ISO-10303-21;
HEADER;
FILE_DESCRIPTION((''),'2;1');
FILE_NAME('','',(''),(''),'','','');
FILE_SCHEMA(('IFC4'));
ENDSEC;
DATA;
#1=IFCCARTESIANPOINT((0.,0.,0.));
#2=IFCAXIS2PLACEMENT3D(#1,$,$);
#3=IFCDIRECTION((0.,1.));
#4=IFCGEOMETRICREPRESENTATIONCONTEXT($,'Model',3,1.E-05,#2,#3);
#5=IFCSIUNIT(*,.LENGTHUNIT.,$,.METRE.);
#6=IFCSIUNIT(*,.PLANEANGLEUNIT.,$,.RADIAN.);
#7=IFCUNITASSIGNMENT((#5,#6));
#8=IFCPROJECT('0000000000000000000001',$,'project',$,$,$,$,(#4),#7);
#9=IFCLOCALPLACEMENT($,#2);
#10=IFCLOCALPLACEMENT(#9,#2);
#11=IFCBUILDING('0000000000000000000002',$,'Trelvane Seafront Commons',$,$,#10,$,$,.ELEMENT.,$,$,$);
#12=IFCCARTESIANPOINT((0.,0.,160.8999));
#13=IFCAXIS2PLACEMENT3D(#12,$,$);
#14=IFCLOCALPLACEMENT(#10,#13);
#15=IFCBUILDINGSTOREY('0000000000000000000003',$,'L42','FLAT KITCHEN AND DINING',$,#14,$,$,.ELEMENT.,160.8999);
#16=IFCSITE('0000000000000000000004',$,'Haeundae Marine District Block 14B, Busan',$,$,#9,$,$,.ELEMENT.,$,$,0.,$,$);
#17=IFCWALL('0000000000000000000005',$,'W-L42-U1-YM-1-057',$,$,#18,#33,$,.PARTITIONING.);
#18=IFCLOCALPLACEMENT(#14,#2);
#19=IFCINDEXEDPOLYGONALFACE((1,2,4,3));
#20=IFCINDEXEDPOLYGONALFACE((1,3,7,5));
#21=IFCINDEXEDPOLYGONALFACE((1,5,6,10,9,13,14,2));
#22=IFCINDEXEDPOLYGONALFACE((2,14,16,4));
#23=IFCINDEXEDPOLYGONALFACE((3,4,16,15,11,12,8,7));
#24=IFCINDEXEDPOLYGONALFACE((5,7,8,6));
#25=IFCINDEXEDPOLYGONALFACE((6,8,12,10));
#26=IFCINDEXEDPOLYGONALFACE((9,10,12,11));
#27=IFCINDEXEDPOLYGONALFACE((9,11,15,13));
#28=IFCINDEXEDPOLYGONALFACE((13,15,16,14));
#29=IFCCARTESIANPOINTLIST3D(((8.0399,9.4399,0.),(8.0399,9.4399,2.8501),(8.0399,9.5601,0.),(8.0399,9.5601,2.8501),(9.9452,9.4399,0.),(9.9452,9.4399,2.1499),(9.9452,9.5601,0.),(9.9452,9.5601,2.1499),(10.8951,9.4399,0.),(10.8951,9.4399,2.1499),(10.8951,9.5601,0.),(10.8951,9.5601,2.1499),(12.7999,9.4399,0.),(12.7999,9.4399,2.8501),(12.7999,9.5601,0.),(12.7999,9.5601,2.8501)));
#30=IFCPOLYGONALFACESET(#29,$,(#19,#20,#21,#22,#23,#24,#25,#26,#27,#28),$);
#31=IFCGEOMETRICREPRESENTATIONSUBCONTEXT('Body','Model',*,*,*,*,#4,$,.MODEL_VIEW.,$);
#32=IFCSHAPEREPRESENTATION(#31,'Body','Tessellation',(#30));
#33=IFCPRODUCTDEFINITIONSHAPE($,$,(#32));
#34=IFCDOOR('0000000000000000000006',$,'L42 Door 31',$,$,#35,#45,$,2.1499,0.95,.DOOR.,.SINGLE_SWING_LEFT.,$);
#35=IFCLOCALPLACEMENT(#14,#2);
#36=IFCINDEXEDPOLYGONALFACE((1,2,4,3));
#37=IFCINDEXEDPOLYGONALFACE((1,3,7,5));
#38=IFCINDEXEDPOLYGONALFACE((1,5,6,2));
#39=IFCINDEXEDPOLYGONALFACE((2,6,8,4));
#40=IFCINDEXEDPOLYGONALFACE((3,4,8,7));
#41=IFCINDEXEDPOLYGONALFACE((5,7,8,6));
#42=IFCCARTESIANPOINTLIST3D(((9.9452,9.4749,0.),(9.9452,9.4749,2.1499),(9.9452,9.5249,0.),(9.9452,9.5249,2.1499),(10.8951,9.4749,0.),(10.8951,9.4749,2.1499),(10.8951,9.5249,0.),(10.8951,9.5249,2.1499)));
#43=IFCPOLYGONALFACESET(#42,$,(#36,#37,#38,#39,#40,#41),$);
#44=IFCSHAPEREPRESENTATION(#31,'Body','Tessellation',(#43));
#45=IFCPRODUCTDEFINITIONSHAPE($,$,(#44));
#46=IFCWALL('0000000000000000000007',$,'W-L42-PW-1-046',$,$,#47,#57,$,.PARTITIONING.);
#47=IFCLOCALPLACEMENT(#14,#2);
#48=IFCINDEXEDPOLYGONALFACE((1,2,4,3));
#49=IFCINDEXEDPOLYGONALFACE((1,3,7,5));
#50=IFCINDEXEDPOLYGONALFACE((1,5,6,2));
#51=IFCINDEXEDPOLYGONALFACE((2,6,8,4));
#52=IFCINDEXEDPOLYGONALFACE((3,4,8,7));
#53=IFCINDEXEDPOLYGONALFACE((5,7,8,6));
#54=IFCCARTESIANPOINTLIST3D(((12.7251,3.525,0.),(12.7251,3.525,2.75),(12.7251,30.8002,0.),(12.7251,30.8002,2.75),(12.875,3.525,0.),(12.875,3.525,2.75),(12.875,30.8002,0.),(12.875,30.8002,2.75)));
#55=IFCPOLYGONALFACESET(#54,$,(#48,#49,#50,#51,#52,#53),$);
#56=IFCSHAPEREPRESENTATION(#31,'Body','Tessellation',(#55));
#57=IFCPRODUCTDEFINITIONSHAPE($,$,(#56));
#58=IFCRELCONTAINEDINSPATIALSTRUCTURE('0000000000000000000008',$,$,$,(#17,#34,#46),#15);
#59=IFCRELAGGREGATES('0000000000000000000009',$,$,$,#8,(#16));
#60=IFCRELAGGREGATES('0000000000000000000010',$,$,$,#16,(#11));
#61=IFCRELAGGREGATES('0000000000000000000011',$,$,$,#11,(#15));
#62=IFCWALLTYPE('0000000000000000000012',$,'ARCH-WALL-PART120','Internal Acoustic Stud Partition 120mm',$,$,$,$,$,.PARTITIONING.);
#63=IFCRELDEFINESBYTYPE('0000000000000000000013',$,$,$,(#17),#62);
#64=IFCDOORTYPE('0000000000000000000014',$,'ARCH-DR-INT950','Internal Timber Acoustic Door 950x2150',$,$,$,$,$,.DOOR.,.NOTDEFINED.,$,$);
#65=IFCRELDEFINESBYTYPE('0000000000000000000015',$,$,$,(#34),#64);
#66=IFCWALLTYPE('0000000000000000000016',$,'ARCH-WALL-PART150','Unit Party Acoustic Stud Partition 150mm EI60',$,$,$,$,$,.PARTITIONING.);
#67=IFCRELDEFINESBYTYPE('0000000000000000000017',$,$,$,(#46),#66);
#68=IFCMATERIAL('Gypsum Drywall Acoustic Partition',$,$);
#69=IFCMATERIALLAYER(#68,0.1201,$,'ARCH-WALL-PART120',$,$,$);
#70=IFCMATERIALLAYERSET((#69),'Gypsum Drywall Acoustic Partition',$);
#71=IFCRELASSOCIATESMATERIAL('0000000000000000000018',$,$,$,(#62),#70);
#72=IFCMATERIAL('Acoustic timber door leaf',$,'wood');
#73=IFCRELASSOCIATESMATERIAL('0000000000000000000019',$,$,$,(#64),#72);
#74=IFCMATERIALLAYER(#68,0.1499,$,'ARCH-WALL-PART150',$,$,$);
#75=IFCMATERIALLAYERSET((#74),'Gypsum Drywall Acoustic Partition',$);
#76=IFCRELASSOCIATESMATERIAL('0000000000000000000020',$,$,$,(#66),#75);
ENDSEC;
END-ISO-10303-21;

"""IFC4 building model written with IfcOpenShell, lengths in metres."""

from ifc_helpers import new_model, si_unit, direction, frame, frame_2d, origin, place, context, subcontext, project, spatial, rectangle, extrude, source, transform, mapped, material, layer, layer_set, type_object, element, fill, save


model = new_model("IFC4")

# Units and contexts
model_context = context("Model", 3, precision=1e-05, world=origin(), true_north=direction((0.0, 1.0)))
body_context = subcontext(model_context, "Body", "Model", "MODEL_VIEW")
ifc_project = project(units=[si_unit("LENGTHUNIT", "METRE"), si_unit("PLANEANGLEUNIT", "RADIAN")], contexts=[model_context])

# Site, building, storey
site_placement = place(None, origin())
site = spatial("IfcSite", under=ifc_project, at=site_placement, Name="Haeundae Marine District Block 14B, Busan", CompositionType="ELEMENT", RefElevation=0.0)
building_placement = place(site_placement, origin())
building = spatial("IfcBuilding", under=site, at=building_placement, Name="Trelvane Seafront Commons", CompositionType="ELEMENT")
storey_placement = place(building_placement, frame((0.0, 0.0, 160.8999)))
storey = spatial("IfcBuildingStorey", under=building, at=storey_placement, Name="L42", Description="FLAT KITCHEN AND DINING", CompositionType="ELEMENT", Elevation=160.8999)

# Wall, opening, door
ifc_material_1 = material(Name="Gypsum Drywall Acoustic Partition")
ifc_layer_1 = layer(ifc_material_1, 0.1201, Name="ARCH-WALL-PART120")
ifc_layer_set_1 = layer_set([ifc_layer_1], Name="Gypsum Drywall Acoustic Partition")
wall_type_1 = type_object("IfcWallType", Name="ARCH-WALL-PART120", Description="Internal Acoustic Stud Partition 120mm", PredefinedType="PARTITIONING", material=ifc_layer_set_1)
wall_1_placement = place(storey_placement, frame((8.04, 9.5, 0.0), z_axis=(0.0, 0.0, 1.0), x_axis=(1.0, 0.0, 0.0)))
wall_1 = element("IfcWall", 1, at=wall_1_placement, inside=storey, type_object=wall_type_1, Name="W-L42-U1-YM-1-057", PredefinedType="PARTITIONING", context=body_context, shape_type="SweptSolid", body=[
    extrude(rectangle(XDim=4.76, YDim=0.1201, at=frame_2d((2.3799, 0.0))), origin(), (0.0, 0.0, 1.0), 2.8501),
])
opening_1_placement = place(wall_1_placement, frame((1.905, 0.0, 0.0)))
opening_1 = element("IfcOpeningElement", 2, at=opening_1_placement, cuts=wall_1, PredefinedType="OPENING", context=body_context, shape_type="SweptSolid", body=[
    extrude(rectangle(XDim=0.95, YDim=2.1499, at=frame_2d((0.4751, 1.075))), frame((0.0, 0.0701, 0.0), z_axis=(0.0, -1.0, 0.0), x_axis=(1.0, 0.0, 0.0)), (0.0, 0.0, 1.0), 0.1401),
])
ifc_material_2 = material(Name="Acoustic timber door leaf", Category="wood")
door_type = type_object("IfcDoorType", Name="ARCH-DR-INT950", Description="Internal Timber Acoustic Door 950x2150", OperationType="NOTDEFINED", PredefinedType="DOOR", material=ifc_material_2)
shared_shape_1 = source(origin(), body_context, "Body", "SweptSolid", [
    extrude(rectangle(XDim=0.95, YDim=2.1499, at=frame_2d((0.4751, 1.075))), frame((0.0, 0.0249, 0.0), z_axis=(0.0, -1.0, 0.0), x_axis=(1.0, 0.0, 0.0)), (0.0, 0.0, 1.0), 0.05),
])
door_placement = place(opening_1_placement, origin())
door = element("IfcDoor", 3, at=door_placement, inside=storey, type_object=door_type, Name="L42 Door 31", OperationType="SINGLE_SWING_LEFT", OverallHeight=2.1499, OverallWidth=0.95, PredefinedType="DOOR", context=body_context, shape_type="MappedRepresentation", body=[
    mapped(shared_shape_1, transform((0.0, 0.0, 0.0), x_axis=(1.0, 0.0, 0.0), y_axis=(0.0, 1.0, 0.0), z_axis=(0.0, 0.0, 1.0), scale=1.0)),
])
fill(opening_1, door)

# Wall
ifc_layer_2 = layer(ifc_material_1, 0.1499, Name="ARCH-WALL-PART150")
ifc_layer_set_2 = layer_set([ifc_layer_2], Name="Gypsum Drywall Acoustic Partition")
wall_type_2 = type_object("IfcWallType", Name="ARCH-WALL-PART150", Description="Unit Party Acoustic Stud Partition 150mm EI60", PredefinedType="PARTITIONING", material=ifc_layer_set_2)
wall_2_placement = place(storey_placement, frame((12.8, 3.5249, 0.0), z_axis=(0.0, 0.0, 1.0), x_axis=(0.0, 1.0, 0.0)))
element("IfcWall", 4, at=wall_2_placement, inside=storey, type_object=wall_type_2, Name="W-L42-PW-1-046", PredefinedType="PARTITIONING", context=body_context, shape_type="SweptSolid", body=[
    extrude(rectangle(XDim=27.2751, YDim=0.1499, at=frame_2d((13.6377, 0.0))), origin(), (0.0, 0.0, 1.0), 2.75),
])

save(model, "model.ifc")
